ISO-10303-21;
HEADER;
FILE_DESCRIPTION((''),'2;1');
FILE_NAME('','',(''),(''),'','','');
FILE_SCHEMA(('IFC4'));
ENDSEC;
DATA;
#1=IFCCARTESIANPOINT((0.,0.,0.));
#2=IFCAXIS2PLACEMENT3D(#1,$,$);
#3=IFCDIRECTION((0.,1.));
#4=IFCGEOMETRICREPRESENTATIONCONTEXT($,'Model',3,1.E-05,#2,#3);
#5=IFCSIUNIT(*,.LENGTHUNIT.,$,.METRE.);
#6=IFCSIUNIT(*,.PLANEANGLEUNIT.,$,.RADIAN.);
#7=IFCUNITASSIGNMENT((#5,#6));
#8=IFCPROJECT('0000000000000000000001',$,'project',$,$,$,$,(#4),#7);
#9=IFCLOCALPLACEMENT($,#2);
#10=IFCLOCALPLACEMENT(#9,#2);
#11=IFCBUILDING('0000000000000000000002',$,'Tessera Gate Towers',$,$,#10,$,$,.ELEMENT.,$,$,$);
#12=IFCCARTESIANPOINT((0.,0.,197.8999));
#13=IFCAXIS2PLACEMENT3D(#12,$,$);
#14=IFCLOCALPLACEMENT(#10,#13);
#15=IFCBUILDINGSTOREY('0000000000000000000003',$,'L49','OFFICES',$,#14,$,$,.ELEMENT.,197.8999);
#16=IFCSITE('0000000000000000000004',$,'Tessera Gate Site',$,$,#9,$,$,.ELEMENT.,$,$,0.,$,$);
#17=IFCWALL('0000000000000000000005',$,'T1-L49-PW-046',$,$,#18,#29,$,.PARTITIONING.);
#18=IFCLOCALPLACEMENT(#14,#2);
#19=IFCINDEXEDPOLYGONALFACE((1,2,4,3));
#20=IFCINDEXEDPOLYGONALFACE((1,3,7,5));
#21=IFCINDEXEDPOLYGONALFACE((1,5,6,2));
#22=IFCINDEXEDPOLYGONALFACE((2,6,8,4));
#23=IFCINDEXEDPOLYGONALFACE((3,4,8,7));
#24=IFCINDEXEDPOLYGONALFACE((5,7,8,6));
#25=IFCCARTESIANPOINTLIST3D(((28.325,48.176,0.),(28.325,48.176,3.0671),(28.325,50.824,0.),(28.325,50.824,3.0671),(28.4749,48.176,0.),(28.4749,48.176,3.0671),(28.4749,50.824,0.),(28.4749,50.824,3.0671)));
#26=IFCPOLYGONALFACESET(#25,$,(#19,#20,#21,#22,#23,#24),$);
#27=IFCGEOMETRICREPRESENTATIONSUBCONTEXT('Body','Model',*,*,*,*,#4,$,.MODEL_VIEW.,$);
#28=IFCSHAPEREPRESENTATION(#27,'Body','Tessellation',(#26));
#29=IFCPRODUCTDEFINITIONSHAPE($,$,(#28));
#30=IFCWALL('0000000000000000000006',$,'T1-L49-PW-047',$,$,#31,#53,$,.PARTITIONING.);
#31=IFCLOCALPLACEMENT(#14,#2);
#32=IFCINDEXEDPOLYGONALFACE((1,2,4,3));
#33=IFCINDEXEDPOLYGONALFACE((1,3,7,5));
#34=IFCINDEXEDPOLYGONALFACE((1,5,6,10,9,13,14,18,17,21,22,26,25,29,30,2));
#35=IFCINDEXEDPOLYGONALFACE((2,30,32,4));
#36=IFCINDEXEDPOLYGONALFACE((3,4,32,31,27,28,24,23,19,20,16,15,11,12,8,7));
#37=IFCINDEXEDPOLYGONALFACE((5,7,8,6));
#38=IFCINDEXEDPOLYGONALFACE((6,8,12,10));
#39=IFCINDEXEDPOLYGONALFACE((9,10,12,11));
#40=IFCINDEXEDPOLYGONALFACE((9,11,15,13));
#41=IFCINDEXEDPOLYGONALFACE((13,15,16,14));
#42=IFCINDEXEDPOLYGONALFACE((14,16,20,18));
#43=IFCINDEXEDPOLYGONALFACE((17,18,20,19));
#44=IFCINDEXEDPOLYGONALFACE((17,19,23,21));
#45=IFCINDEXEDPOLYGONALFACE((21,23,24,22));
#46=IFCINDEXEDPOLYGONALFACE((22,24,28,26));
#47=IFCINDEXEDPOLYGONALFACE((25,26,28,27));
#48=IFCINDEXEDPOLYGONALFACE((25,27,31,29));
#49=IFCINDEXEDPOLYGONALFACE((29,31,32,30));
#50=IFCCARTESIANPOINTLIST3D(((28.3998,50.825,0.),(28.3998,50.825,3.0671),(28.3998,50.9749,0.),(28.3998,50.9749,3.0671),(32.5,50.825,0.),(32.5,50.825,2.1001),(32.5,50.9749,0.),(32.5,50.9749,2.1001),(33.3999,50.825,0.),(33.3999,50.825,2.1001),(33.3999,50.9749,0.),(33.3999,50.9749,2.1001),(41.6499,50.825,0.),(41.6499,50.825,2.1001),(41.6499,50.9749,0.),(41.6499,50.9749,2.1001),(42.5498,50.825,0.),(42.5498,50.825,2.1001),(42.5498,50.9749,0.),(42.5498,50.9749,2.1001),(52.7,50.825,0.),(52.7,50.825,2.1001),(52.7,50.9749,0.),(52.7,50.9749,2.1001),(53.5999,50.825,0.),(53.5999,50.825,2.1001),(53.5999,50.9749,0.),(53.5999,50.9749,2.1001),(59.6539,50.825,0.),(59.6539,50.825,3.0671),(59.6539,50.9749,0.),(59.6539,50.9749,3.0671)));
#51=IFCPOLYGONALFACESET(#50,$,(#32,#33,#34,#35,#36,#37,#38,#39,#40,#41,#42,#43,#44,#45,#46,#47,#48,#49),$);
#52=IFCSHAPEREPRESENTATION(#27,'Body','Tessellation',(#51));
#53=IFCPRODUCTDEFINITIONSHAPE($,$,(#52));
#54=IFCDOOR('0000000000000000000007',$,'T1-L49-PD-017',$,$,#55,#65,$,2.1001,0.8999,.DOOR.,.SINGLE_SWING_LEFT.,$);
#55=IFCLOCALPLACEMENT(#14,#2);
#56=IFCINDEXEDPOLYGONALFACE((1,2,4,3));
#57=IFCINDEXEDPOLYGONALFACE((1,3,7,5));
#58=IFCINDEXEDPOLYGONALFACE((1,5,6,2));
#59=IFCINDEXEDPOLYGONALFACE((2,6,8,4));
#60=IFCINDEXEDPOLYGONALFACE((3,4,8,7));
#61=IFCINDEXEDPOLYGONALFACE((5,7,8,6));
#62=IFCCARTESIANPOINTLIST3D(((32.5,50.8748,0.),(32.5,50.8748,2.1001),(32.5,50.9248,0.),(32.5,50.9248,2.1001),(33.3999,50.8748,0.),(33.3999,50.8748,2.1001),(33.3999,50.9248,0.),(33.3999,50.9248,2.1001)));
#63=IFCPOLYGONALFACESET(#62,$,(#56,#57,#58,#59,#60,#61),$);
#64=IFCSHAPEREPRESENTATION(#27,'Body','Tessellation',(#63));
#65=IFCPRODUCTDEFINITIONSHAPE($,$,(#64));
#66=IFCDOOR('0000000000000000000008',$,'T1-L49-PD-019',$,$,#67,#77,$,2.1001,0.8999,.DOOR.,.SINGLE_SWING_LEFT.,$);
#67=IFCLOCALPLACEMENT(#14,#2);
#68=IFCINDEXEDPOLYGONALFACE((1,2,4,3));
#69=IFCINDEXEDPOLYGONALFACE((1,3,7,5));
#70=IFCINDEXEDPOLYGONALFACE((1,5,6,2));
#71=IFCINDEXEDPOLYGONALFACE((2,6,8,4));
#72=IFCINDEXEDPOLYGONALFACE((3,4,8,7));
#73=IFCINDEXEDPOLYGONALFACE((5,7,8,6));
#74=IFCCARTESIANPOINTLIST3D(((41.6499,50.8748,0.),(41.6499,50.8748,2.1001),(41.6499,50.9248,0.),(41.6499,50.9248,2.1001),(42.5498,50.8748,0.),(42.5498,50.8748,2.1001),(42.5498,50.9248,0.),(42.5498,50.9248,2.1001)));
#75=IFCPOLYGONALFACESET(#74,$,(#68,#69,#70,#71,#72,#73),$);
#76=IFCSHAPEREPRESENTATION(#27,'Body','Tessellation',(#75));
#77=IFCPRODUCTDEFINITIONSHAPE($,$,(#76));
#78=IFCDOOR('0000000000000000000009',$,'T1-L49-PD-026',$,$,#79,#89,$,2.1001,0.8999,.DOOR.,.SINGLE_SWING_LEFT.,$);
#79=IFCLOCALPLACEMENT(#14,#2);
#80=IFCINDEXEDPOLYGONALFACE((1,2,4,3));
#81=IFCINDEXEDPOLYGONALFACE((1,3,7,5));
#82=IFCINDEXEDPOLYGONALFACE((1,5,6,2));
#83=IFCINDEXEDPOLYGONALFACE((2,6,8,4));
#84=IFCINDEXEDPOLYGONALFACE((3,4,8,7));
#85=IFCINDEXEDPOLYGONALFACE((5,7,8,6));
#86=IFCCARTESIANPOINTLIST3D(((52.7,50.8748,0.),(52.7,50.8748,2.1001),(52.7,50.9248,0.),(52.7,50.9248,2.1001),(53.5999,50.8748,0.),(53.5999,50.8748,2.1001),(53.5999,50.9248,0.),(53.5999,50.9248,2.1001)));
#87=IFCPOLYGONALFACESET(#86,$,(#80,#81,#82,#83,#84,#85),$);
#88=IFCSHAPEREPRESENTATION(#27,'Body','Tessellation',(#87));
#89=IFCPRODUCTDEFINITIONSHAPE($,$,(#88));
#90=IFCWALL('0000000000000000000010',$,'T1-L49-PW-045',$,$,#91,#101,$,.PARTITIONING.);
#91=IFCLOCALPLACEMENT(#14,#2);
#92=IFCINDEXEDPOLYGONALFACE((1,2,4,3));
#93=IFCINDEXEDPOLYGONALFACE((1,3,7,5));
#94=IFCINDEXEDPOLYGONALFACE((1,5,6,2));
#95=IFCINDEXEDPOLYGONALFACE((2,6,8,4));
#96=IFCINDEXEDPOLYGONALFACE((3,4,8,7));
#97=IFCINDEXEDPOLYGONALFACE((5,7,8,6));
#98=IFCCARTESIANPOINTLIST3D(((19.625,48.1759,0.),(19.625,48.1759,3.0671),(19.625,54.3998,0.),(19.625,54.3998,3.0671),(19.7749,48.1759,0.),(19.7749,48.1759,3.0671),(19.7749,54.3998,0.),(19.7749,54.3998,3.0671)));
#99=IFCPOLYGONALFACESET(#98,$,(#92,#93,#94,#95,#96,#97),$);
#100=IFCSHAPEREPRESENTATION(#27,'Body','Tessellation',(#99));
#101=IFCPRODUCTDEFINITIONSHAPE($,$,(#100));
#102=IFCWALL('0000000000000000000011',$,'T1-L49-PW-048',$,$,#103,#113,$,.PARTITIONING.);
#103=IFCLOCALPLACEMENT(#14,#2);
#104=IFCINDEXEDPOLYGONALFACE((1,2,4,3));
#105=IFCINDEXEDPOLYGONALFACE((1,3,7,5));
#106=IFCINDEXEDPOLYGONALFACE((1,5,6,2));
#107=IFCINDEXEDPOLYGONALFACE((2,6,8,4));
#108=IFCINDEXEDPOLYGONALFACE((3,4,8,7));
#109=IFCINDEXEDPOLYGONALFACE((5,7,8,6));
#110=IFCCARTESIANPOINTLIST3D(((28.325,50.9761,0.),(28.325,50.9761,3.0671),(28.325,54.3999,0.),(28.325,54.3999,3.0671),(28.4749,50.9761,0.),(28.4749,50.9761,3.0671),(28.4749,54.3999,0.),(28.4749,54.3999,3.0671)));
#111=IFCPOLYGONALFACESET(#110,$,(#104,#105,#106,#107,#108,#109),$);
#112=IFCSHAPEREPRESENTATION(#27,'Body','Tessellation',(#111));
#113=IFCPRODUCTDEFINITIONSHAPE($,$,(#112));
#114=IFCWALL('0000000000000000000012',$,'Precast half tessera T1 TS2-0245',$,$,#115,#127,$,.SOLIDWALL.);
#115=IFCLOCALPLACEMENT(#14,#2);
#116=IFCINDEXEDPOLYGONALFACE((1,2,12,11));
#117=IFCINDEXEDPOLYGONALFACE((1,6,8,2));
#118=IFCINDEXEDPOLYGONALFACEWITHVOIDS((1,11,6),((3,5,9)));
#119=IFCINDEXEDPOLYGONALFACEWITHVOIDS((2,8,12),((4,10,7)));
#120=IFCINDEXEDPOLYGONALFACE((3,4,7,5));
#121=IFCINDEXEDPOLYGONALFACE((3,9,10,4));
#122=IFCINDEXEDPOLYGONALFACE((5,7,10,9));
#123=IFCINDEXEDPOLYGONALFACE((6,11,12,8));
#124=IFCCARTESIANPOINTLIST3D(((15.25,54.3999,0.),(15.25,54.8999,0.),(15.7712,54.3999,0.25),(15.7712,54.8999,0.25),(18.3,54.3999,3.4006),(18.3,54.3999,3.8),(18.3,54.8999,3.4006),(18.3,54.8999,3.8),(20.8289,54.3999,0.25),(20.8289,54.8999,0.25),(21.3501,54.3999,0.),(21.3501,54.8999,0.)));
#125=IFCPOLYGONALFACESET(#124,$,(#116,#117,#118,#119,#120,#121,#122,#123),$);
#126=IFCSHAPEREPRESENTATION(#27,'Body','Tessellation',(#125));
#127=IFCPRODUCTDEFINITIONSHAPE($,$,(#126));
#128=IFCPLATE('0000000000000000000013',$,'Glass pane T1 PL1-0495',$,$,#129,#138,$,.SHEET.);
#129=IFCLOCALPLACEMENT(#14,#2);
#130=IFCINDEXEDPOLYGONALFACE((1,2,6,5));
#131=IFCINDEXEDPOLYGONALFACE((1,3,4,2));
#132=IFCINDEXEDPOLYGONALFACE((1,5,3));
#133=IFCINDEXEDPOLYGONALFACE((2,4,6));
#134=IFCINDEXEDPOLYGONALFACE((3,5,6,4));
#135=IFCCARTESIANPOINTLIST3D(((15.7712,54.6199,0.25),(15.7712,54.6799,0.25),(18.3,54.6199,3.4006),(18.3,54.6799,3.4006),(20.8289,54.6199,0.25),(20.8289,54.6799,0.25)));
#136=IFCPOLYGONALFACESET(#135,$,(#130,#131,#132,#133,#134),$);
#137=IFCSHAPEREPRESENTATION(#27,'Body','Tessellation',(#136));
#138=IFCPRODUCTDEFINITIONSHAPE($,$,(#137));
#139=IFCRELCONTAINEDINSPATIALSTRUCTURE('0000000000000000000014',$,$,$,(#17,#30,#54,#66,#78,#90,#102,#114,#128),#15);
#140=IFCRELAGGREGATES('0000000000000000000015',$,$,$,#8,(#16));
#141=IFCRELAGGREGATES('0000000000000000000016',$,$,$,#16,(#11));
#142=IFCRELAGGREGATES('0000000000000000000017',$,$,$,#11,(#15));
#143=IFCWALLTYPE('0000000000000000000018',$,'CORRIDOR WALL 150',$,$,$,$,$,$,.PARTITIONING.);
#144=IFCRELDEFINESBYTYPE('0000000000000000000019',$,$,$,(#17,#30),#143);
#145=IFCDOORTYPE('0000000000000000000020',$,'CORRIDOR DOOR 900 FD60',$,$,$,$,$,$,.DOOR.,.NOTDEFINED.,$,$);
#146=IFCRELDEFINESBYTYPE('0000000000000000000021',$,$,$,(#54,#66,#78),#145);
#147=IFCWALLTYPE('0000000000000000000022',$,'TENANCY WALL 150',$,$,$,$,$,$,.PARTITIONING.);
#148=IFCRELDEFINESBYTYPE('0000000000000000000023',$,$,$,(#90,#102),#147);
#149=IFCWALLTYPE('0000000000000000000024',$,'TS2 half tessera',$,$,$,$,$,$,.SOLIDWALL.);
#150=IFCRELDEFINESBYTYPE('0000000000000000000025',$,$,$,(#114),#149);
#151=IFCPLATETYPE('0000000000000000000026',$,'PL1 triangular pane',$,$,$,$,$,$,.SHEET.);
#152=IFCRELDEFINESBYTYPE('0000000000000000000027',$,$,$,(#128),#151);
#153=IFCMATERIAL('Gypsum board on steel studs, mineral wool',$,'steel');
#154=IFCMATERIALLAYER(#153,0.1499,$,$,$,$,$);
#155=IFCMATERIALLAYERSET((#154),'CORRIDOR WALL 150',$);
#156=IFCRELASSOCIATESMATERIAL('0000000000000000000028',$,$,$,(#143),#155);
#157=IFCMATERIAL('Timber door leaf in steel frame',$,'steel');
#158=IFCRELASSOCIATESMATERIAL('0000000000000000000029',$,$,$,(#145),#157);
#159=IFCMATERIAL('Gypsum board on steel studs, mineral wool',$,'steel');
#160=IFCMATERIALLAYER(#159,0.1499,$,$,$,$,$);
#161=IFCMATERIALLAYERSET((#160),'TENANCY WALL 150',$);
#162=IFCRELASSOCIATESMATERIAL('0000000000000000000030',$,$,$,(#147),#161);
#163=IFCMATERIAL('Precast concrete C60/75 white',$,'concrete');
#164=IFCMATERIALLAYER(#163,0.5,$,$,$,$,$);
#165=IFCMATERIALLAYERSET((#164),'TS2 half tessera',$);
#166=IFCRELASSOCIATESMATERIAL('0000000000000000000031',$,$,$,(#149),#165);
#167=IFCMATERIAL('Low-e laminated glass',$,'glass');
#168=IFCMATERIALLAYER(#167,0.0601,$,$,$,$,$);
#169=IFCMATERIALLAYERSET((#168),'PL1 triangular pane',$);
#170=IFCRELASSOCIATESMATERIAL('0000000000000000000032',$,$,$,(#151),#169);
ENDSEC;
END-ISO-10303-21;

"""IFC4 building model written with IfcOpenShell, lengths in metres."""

from ifc_helpers import new_model, si_unit, direction, frame, frame_2d, origin, place, context, subcontext, project, spatial, polyline, rectangle, outline, extrude, source, transform, mapped, material, layer, layer_set, type_object, element, fill, save


model = new_model("IFC4")

# Units and contexts
model_context = context("Model", 3, precision=1e-05, world=origin(), true_north=direction((0.0, 1.0)))
body_context = subcontext(model_context, "Body", "Model", "MODEL_VIEW")
ifc_project = project(units=[si_unit("LENGTHUNIT", "METRE"), si_unit("PLANEANGLEUNIT", "RADIAN")], contexts=[model_context])

# Site, building, storey
site_placement = place(None, origin())
site = spatial("IfcSite", under=ifc_project, at=site_placement, Name="Tessera Gate Site", CompositionType="ELEMENT", RefElevation=0.0)
building_placement = place(site_placement, origin())
building = spatial("IfcBuilding", under=site, at=building_placement, Name="Tessera Gate Towers", CompositionType="ELEMENT")
storey_placement = place(building_placement, frame((0.0, 0.0, 197.8999)))
storey = spatial("IfcBuildingStorey", under=building, at=storey_placement, Name="L49", Description="OFFICES", CompositionType="ELEMENT", Elevation=197.8999)

# Shared definitions
ifc_material_1 = material(Name="Gypsum board on steel studs, mineral wool", Category="steel")
ifc_layer_1 = layer(ifc_material_1, 0.1499)
ifc_layer_set_1 = layer_set([ifc_layer_1], Name="CORRIDOR WALL 150")
wall_type_1 = type_object("IfcWallType", Name="CORRIDOR WALL 150", PredefinedType="PARTITIONING", material=ifc_layer_set_1)

# Wall
wall_1_placement = place(storey_placement, frame((28.3999, 48.176, 0.0), z_axis=(0.0, 0.0, 1.0), x_axis=(0.0, 1.0, 0.0)))
element("IfcWall", 1, at=wall_1_placement, inside=storey, type_object=wall_type_1, Name="T1-L49-PW-046", PredefinedType="PARTITIONING", context=body_context, shape_type="SweptSolid", body=[
    extrude(rectangle(XDim=2.6479, YDim=0.1499, at=frame_2d((1.324, 0.0))), origin(), (0.0, 0.0, 1.0), 3.0671),
])

# Wall, openings, doors
wall_2_placement = place(storey_placement, frame((28.3999, 50.8999, 0.0), z_axis=(0.0, 0.0, 1.0), x_axis=(1.0, 0.0, 0.0)))
wall_2 = element("IfcWall", 2, at=wall_2_placement, inside=storey, type_object=wall_type_1, Name="T1-L49-PW-047", PredefinedType="PARTITIONING", context=body_context, shape_type="SweptSolid", body=[
    extrude(rectangle(XDim=31.2542, YDim=0.1499, at=frame_2d((15.627, 0.0))), origin(), (0.0, 0.0, 1.0), 3.0671),
])
shared_shape_1 = source(origin(), body_context, "Body", "SweptSolid", [
    extrude(rectangle(XDim=0.8999, YDim=2.1001, at=frame_2d((0.45, 1.05))), frame((0.0, 0.085, 0.0), z_axis=(0.0, -1.0, 0.0), x_axis=(1.0, 0.0, 0.0)), (0.0, 0.0, 1.0), 0.1699),
])
opening_1_placement = place(wall_2_placement, frame((4.1001, 0.0, 0.0)))
opening_1 = element("IfcOpeningElement", 3, at=opening_1_placement, cuts=wall_2, PredefinedType="OPENING", context=body_context, shape_type="MappedRepresentation", body=[
    mapped(shared_shape_1, transform((0.0, 0.0, 0.0), scale=1.0)),
])
opening_2_placement = place(wall_2_placement, frame((13.25, 0.0, 0.0)))
opening_2 = element("IfcOpeningElement", 4, at=opening_2_placement, cuts=wall_2, PredefinedType="OPENING", context=body_context, shape_type="MappedRepresentation", body=[
    mapped(shared_shape_1, transform((0.0, 0.0, 0.0), scale=1.0)),
])
opening_3_placement = place(wall_2_placement, frame((24.3, 0.0, 0.0)))
opening_3 = element("IfcOpeningElement", 5, at=opening_3_placement, cuts=wall_2, PredefinedType="OPENING", context=body_context, shape_type="MappedRepresentation", body=[
    mapped(shared_shape_1, transform((0.0, 0.0, 0.0), scale=1.0)),
])
ifc_material_2 = material(Name="Timber door leaf in steel frame", Category="steel")
door_type_1 = type_object("IfcDoorType", Name="CORRIDOR DOOR 900 FD60", OperationType="NOTDEFINED", PredefinedType="DOOR", material=ifc_material_2)
shared_shape_2 = source(origin(), body_context, "Body", "SweptSolid", [
    extrude(rectangle(XDim=0.8999, YDim=2.1001, at=frame_2d((0.45, 1.05))), frame((0.0, 0.0249, 0.0), z_axis=(0.0, -1.0, 0.0), x_axis=(1.0, 0.0, 0.0)), (0.0, 0.0, 1.0), 0.05),
])
door_1_placement = place(opening_1_placement, origin())
door_1 = element("IfcDoor", 6, at=door_1_placement, inside=storey, type_object=door_type_1, Name="T1-L49-PD-017", OperationType="SINGLE_SWING_LEFT", OverallHeight=2.1001, OverallWidth=0.8999, PredefinedType="DOOR", context=body_context, shape_type="MappedRepresentation", body=[
    mapped(shared_shape_2, transform((0.0, 0.0, 0.0), scale=1.0)),
])
fill(opening_1, door_1)
door_2_placement = place(opening_2_placement, origin())
door_2 = element("IfcDoor", 7, at=door_2_placement, inside=storey, type_object=door_type_1, Name="T1-L49-PD-019", OperationType="SINGLE_SWING_LEFT", OverallHeight=2.1001, OverallWidth=0.8999, PredefinedType="DOOR", context=body_context, shape_type="MappedRepresentation", body=[
    mapped(shared_shape_2, transform((0.0, 0.0, 0.0), scale=1.0)),
])
fill(opening_2, door_2)
door_3_placement = place(opening_3_placement, origin())
door_3 = element("IfcDoor", 8, at=door_3_placement, inside=storey, type_object=door_type_1, Name="T1-L49-PD-026", OperationType="SINGLE_SWING_LEFT", OverallHeight=2.1001, OverallWidth=0.8999, PredefinedType="DOOR", context=body_context, shape_type="MappedRepresentation", body=[
    mapped(shared_shape_2, transform((0.0, 0.0, 0.0), scale=1.0)),
])
fill(opening_3, door_3)

# Walls
ifc_material_3 = material(Name="Gypsum board on steel studs, mineral wool", Category="steel")
ifc_layer_2 = layer(ifc_material_3, 0.1499)
ifc_layer_set_2 = layer_set([ifc_layer_2], Name="TENANCY WALL 150")
wall_type_2 = type_object("IfcWallType", Name="TENANCY WALL 150", PredefinedType="PARTITIONING", material=ifc_layer_set_2)
wall_3_placement = place(storey_placement, frame((19.7, 48.176, 0.0), z_axis=(0.0, 0.0, 1.0), x_axis=(0.0, 1.0, 0.0)))
element("IfcWall", 9, at=wall_3_placement, inside=storey, type_object=wall_type_2, Name="T1-L49-PW-045", PredefinedType="PARTITIONING", context=body_context, shape_type="SweptSolid", body=[
    extrude(rectangle(XDim=6.2239, YDim=0.1499, at=frame_2d((3.1118, 0.0))), origin(), (0.0, 0.0, 1.0), 3.0671),
])
wall_4_placement = place(storey_placement, frame((28.3999, 50.9761, 0.0), z_axis=(0.0, 0.0, 1.0), x_axis=(0.0, 1.0, 0.0)))
element("IfcWall", 10, at=wall_4_placement, inside=storey, type_object=wall_type_2, Name="T1-L49-PW-048", PredefinedType="PARTITIONING", context=body_context, shape_type="SweptSolid", body=[
    extrude(rectangle(XDim=3.4238, YDim=0.1499, at=frame_2d((1.7119, 0.0))), origin(), (0.0, 0.0, 1.0), 3.0671),
])

# Wall, opening, plate
ifc_material_4 = material(Name="Precast concrete C60/75 white", Category="concrete")
ifc_layer_3 = layer(ifc_material_4, 0.5)
ifc_layer_set_3 = layer_set([ifc_layer_3], Name="TS2 half tessera")
wall_type_3 = type_object("IfcWallType", Name="TS2 half tessera", PredefinedType="SOLIDWALL", material=ifc_layer_set_3)
shared_shape_3 = source(origin(), body_context, "Body", "SweptSolid", [
    extrude(outline(polyline([(6.1001, 0.0), (3.05, 3.8), (0.0, 0.0), (6.1001, 0.0)])), frame((0.0, 0.25, 0.0), z_axis=(0.0, -1.0, 0.0), x_axis=(1.0, 0.0, 0.0)), (0.0, 0.0, 1.0), 0.5),
])
wall_5_placement = place(storey_placement, frame((21.3501, 54.6499, 0.0), z_axis=(0.0, 0.0, 1.0), x_axis=(-1.0, 0.0, 0.0)))
wall_5 = element("IfcWall", 11, at=wall_5_placement, inside=storey, type_object=wall_type_3, Name="Precast half tessera T1 TS2-0245", PredefinedType="SOLIDWALL", context=body_context, shape_type="MappedRepresentation", body=[
    mapped(shared_shape_3, transform((0.0, 0.0, 0.0), scale=1.0)),
])
shared_shape_4 = source(origin(), body_context, "Body", "SweptSolid", [
    extrude(outline(polyline([(5.5789, 0.25), (3.05, 3.4006), (0.5212, 0.25), (5.5789, 0.25)])), frame((0.0, 0.26, 0.0), z_axis=(0.0, -1.0, 0.0), x_axis=(1.0, 0.0, 0.0)), (0.0, 0.0, 1.0), 0.52),
])
opening_4_placement = place(wall_5_placement, origin())
opening_4 = element("IfcOpeningElement", 12, at=opening_4_placement, cuts=wall_5, PredefinedType="OPENING", context=body_context, shape_type="MappedRepresentation", body=[
    mapped(shared_shape_4, transform((0.0, 0.0, 0.0), scale=1.0)),
])
ifc_material_5 = material(Name="Low-e laminated glass", Category="glass")
ifc_layer_4 = layer(ifc_material_5, 0.0601)
ifc_layer_set_4 = layer_set([ifc_layer_4], Name="PL1 triangular pane")
plate_type = type_object("IfcPlateType", Name="PL1 triangular pane", PredefinedType="SHEET", material=ifc_layer_set_4)
shared_shape_5 = source(origin(), body_context, "Body", "SweptSolid", [
    extrude(outline(polyline([(5.5789, 0.25), (3.05, 3.4006), (0.5212, 0.25), (5.5789, 0.25)])), frame((0.0, 0.03, 0.0), z_axis=(0.0, -1.0, 0.0), x_axis=(1.0, 0.0, 0.0)), (0.0, 0.0, 1.0), 0.0601),
])
plate_placement = place(opening_4_placement, origin())
plate = element("IfcPlate", 13, at=plate_placement, inside=storey, type_object=plate_type, Name="Glass pane T1 PL1-0495", PredefinedType="SHEET", context=body_context, shape_type="MappedRepresentation", body=[
    mapped(shared_shape_5, transform((0.0, 0.0, 0.0), scale=1.0)),
])
fill(opening_4, plate)

save(model, "model.ifc")
